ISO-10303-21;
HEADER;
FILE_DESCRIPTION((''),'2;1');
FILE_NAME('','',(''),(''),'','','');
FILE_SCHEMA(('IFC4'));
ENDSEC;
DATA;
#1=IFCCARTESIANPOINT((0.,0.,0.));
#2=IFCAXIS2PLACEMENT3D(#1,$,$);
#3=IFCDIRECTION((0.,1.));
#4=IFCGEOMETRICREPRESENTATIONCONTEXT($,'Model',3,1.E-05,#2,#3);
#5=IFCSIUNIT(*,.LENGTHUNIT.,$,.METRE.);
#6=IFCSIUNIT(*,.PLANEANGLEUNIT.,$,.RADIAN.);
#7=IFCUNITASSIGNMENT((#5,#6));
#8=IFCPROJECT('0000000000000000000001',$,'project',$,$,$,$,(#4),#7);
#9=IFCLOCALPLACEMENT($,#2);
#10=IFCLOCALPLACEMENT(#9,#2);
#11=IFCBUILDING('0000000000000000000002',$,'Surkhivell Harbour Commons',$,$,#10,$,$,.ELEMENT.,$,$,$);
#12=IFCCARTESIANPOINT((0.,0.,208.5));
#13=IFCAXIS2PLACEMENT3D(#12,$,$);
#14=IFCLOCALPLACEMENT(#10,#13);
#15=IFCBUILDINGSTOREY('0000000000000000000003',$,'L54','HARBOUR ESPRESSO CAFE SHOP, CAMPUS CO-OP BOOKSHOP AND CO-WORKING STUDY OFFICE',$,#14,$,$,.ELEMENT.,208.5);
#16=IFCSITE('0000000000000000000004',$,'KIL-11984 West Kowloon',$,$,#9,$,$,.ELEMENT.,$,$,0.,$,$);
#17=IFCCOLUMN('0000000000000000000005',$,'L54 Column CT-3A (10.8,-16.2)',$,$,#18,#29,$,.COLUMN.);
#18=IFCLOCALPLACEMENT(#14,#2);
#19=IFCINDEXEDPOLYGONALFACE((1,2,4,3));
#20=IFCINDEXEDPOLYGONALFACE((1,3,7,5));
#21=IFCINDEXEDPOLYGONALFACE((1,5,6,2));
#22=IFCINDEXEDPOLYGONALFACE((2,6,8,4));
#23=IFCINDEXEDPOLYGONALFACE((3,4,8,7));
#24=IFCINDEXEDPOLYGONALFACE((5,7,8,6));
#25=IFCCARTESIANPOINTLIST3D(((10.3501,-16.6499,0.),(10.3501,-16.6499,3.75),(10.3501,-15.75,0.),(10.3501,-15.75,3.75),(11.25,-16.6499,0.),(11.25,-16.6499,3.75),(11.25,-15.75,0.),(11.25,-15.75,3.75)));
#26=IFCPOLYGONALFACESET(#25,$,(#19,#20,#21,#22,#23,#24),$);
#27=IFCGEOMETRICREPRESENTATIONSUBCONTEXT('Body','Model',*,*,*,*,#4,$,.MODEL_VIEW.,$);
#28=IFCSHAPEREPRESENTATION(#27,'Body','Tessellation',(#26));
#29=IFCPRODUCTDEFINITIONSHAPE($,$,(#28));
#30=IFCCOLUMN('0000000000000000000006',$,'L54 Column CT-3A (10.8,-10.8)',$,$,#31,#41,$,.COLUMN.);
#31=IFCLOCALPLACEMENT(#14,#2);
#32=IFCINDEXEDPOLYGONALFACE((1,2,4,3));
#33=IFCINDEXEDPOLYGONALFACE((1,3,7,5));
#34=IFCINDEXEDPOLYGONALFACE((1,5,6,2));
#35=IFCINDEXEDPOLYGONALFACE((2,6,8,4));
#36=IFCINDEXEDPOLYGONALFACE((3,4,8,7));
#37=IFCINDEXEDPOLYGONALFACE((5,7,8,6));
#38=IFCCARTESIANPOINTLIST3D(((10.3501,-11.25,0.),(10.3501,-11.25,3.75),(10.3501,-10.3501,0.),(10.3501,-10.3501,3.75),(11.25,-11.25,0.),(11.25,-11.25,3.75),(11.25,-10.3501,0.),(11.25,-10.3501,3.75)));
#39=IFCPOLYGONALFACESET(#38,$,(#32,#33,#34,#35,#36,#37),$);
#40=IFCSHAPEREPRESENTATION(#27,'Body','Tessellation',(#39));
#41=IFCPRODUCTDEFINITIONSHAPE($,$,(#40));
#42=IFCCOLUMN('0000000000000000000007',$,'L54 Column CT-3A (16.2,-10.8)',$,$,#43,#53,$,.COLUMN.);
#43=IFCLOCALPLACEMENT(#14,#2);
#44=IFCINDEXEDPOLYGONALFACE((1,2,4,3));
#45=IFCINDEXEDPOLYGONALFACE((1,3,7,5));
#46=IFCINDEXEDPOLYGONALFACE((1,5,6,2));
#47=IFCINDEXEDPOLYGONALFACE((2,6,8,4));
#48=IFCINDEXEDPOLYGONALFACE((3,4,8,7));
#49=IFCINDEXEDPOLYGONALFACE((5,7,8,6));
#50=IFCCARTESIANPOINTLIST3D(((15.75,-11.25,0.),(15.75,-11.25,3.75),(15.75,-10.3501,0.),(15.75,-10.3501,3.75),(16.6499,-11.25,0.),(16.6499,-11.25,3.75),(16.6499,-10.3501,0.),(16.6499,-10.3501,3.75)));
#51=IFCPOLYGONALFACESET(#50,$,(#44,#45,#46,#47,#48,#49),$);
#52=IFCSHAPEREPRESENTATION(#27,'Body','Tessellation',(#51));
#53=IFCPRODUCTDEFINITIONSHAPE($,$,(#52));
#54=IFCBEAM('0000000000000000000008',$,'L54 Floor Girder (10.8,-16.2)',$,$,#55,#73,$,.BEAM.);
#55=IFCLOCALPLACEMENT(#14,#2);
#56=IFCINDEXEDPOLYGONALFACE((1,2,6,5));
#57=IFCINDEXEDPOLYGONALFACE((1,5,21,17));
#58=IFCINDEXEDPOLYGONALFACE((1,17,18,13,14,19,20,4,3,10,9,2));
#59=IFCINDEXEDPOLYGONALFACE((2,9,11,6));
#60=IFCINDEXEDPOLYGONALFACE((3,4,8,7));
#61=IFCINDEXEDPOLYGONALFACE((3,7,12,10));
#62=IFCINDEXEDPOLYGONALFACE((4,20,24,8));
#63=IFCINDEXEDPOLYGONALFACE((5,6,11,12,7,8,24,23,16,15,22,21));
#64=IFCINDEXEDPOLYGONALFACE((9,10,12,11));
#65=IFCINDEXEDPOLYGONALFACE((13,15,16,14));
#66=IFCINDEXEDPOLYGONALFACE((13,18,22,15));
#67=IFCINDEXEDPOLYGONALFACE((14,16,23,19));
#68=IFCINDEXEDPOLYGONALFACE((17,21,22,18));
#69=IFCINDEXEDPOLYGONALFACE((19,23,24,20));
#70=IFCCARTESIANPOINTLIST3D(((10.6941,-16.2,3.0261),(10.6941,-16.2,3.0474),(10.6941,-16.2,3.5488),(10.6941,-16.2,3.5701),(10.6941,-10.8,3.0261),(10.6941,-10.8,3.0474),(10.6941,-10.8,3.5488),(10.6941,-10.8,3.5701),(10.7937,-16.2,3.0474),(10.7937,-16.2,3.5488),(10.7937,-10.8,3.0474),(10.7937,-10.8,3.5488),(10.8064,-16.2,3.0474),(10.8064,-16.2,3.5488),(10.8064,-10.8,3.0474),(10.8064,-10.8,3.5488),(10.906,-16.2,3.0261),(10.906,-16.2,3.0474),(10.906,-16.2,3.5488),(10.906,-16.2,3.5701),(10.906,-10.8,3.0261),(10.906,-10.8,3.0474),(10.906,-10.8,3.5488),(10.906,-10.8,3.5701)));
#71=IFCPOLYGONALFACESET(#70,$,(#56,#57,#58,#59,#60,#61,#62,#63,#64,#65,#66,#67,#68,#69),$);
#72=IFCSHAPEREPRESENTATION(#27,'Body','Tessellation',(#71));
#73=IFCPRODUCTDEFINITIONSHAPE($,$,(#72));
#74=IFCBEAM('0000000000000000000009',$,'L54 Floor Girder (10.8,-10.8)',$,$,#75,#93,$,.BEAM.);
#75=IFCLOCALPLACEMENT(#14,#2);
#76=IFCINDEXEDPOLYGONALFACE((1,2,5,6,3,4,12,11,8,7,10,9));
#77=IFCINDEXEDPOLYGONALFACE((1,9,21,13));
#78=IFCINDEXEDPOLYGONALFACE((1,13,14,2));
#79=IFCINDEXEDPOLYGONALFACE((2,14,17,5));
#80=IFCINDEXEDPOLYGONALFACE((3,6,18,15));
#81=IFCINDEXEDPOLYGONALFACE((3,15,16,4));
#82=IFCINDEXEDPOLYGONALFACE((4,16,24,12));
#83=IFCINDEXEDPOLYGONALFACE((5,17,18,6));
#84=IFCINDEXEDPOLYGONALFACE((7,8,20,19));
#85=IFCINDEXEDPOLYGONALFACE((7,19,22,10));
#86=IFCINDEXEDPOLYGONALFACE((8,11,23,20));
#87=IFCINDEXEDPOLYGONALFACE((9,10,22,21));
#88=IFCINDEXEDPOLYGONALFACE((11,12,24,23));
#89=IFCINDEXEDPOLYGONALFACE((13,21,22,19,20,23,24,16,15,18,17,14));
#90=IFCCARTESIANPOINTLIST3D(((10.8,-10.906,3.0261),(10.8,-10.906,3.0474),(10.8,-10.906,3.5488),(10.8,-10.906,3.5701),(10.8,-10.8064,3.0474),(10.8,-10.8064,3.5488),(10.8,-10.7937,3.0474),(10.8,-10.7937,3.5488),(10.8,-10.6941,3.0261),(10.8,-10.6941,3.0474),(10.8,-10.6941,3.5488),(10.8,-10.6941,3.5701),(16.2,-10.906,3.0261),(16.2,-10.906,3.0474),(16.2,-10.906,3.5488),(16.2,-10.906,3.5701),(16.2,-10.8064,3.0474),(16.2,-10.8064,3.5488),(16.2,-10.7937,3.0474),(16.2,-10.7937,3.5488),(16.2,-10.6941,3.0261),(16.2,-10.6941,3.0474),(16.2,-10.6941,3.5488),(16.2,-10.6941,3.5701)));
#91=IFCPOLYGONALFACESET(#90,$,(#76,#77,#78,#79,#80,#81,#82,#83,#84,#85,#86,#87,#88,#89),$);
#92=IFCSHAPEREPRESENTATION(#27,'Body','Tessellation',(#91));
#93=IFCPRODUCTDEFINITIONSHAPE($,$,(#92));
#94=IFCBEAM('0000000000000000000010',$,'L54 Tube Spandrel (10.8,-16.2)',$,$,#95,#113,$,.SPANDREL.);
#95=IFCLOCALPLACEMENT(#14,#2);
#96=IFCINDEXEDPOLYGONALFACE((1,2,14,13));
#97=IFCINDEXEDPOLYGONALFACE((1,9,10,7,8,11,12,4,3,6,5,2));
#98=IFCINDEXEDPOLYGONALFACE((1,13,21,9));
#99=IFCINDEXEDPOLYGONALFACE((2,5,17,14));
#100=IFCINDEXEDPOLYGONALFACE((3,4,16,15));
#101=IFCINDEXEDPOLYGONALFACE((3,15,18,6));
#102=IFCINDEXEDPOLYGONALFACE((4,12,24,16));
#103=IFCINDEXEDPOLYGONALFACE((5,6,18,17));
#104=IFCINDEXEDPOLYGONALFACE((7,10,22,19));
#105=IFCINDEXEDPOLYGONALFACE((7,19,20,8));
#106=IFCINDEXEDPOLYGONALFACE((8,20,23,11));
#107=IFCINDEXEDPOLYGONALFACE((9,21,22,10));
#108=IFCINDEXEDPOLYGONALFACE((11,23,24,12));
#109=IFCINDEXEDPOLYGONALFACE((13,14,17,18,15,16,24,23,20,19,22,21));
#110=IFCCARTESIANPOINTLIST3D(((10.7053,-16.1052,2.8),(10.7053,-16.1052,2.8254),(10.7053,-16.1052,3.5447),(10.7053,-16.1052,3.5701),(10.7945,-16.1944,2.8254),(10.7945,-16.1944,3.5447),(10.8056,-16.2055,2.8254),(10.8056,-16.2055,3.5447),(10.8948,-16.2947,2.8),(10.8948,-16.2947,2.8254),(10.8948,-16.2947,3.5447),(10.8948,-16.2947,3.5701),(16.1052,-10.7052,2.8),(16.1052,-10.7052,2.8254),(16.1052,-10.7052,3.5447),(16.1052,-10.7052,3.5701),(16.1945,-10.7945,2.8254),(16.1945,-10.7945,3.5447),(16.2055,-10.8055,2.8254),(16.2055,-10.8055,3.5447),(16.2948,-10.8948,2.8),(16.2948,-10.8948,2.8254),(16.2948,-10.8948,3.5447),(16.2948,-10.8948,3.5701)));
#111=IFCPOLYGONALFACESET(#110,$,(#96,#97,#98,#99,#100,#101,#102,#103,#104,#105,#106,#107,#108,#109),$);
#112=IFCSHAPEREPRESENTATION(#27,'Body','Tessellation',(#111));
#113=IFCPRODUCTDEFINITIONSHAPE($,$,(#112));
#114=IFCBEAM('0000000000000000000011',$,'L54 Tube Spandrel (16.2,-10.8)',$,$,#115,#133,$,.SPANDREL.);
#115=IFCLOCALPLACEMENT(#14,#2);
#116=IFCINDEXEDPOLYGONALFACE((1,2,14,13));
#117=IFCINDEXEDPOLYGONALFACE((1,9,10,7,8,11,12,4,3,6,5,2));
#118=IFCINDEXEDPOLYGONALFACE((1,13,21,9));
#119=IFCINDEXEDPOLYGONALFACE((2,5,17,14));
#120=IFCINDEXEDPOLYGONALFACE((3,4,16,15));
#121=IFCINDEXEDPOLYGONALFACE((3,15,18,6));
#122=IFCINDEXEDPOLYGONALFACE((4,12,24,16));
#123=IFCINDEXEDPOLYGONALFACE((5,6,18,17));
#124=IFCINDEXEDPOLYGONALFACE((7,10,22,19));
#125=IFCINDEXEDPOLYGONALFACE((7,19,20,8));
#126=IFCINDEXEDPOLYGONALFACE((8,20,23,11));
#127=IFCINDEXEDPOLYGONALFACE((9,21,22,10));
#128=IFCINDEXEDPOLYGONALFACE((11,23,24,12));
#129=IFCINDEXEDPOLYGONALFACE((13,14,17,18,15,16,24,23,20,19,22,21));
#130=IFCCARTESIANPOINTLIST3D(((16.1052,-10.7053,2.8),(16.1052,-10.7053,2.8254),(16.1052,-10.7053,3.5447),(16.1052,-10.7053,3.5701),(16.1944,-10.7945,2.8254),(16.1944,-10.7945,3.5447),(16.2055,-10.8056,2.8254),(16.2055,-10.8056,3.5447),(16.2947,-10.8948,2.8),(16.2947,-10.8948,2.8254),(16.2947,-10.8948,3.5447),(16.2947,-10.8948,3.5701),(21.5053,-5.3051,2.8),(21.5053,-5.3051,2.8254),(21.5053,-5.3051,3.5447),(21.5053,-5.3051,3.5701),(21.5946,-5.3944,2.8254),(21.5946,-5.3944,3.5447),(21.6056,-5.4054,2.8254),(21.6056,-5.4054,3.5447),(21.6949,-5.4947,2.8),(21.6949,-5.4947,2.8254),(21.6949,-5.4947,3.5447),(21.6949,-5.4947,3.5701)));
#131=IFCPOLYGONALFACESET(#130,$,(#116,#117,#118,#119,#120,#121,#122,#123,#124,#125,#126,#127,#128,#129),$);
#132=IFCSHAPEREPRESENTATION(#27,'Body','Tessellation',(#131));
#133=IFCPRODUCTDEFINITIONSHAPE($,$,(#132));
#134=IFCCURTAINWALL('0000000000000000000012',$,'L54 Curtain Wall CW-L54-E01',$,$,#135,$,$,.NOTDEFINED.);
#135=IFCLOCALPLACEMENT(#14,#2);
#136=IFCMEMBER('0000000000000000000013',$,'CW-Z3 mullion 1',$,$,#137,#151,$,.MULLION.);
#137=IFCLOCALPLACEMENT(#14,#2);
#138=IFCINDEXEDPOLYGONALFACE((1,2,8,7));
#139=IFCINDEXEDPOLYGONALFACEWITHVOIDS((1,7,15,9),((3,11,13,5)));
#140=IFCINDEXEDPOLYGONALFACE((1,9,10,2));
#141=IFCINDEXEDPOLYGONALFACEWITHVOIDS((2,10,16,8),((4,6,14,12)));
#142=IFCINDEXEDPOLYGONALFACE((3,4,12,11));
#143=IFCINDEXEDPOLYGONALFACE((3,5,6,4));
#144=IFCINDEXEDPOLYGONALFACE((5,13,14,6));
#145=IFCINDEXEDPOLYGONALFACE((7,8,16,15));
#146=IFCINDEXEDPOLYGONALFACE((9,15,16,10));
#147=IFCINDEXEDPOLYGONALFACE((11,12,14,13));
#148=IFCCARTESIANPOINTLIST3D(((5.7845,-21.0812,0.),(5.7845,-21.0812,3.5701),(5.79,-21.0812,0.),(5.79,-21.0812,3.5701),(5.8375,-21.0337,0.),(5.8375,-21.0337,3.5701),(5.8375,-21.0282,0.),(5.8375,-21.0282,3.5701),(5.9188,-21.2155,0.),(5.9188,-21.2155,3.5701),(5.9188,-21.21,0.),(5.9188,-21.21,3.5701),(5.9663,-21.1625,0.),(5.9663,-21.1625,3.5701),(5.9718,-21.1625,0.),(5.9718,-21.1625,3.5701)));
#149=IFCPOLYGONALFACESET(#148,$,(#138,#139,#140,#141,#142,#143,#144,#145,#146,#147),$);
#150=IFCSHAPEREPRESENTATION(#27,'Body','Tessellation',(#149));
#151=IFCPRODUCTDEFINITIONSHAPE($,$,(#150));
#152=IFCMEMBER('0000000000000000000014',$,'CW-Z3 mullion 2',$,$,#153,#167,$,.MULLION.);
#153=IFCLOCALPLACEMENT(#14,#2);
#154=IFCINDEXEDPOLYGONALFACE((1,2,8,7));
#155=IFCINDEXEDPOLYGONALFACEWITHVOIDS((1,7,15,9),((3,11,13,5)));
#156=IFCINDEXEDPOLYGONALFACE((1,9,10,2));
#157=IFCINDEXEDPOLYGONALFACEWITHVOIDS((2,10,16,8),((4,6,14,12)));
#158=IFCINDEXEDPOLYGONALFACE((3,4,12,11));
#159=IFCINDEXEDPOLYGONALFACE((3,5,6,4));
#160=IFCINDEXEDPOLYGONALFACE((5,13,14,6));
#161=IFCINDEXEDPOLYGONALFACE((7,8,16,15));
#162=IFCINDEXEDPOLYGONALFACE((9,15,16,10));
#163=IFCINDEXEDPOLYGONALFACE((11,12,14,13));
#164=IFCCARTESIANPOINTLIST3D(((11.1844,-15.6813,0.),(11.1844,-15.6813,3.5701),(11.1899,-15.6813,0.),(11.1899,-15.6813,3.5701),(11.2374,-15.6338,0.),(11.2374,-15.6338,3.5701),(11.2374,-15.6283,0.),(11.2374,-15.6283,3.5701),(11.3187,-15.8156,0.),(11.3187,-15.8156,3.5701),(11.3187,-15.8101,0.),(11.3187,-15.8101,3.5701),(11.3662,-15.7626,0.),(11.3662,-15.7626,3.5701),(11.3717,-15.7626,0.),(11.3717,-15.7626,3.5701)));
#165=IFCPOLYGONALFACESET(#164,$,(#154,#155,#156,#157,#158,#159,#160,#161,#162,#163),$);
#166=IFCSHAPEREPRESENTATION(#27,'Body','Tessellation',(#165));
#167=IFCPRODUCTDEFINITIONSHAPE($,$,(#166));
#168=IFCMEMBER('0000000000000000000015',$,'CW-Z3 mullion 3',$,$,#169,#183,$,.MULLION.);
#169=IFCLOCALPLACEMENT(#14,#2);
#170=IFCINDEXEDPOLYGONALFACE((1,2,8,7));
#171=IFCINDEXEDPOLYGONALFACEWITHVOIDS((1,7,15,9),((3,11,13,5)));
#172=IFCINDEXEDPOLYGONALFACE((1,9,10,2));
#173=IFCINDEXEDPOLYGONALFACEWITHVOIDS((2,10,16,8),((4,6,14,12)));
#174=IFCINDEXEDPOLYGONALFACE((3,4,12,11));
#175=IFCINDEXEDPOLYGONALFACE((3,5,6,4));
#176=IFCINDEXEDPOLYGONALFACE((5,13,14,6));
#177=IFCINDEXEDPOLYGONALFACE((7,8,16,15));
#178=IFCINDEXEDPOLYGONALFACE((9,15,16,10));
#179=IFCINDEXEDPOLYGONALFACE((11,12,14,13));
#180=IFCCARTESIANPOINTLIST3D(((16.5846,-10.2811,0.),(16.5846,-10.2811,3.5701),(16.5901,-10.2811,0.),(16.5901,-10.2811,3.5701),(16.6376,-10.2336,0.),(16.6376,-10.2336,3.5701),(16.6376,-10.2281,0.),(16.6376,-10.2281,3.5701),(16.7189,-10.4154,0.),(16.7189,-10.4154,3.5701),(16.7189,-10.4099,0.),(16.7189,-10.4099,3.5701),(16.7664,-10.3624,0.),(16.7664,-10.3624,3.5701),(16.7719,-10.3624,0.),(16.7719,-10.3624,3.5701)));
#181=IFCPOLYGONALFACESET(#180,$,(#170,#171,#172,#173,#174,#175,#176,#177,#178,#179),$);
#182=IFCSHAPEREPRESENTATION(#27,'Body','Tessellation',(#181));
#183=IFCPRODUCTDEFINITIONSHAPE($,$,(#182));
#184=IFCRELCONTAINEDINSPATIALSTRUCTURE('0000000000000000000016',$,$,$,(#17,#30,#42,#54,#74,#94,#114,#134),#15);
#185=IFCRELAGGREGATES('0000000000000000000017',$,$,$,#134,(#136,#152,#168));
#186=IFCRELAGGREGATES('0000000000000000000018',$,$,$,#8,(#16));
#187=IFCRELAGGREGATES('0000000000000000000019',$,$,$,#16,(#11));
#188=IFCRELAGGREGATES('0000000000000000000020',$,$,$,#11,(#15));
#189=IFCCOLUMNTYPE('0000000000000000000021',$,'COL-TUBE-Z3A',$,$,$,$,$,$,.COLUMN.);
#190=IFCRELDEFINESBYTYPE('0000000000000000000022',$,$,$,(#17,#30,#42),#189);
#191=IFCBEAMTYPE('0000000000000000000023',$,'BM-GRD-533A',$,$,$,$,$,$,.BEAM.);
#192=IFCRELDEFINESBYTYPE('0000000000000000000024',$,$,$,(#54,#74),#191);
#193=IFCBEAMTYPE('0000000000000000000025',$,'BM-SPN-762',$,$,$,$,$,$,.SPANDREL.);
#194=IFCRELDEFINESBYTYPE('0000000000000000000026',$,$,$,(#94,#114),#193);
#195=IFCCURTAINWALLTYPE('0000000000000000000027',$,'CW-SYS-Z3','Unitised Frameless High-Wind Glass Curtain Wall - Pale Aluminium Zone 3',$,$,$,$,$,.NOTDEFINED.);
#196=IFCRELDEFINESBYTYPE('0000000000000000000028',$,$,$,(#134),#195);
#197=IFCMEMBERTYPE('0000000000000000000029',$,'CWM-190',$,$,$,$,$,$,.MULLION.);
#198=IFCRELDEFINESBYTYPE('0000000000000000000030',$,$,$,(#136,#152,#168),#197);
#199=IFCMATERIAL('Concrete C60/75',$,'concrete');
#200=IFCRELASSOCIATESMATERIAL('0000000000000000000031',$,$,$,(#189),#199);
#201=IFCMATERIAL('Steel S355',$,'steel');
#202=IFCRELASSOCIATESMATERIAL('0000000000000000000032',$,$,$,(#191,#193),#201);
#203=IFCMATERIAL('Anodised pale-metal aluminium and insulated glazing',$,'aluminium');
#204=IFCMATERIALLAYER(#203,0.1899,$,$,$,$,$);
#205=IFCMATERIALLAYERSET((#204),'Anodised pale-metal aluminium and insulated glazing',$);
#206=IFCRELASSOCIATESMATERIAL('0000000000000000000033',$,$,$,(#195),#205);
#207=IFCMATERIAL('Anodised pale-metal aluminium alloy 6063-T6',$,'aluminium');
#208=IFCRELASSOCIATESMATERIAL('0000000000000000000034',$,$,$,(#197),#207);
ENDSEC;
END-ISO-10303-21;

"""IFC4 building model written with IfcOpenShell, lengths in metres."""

from ifc_helpers import new_model, si_unit, direction, frame, origin, origin_2d, place, context, subcontext, project, spatial, rectangle, hollow_rectangle, i_section, extrude, material, layer, layer_set, material_profile, profile_set, type_object, element, aggregate, save


model = new_model("IFC4")

# Units and contexts
model_context = context("Model", 3, precision=1e-05, world=origin(), true_north=direction((0.0, 1.0)))
body_context = subcontext(model_context, "Body", "Model", "MODEL_VIEW")
ifc_project = project(units=[si_unit("LENGTHUNIT", "METRE"), si_unit("PLANEANGLEUNIT", "RADIAN")], contexts=[model_context])

# Site, building, storey
site_placement = place(None, origin())
site = spatial("IfcSite", under=ifc_project, at=site_placement, Name="KIL-11984 West Kowloon", CompositionType="ELEMENT", RefElevation=0.0)
building_placement = place(site_placement, origin())
building = spatial("IfcBuilding", under=site, at=building_placement, Name="Surkhivell Harbour Commons", CompositionType="ELEMENT")
storey_placement = place(building_placement, frame((0.0, 0.0, 208.5)))
storey = spatial("IfcBuildingStorey", under=building, at=storey_placement, Name="L54", Description="HARBOUR ESPRESSO CAFE SHOP, CAMPUS CO-OP BOOKSHOP AND CO-WORKING STUDY OFFICE", CompositionType="ELEMENT", Elevation=208.5)

# Columns
ifc_material_1 = material(Name="Concrete C60/75", Category="concrete")
ifc_material_profile_1 = material_profile(ifc_material_1, rectangle(XDim=0.8999, YDim=0.8999, at=origin_2d()), Name="RC-COL-900x900")
ifc_profile_set_1 = profile_set([ifc_material_profile_1], Name="Concrete C60/75")
column_type = type_object("IfcColumnType", Name="COL-TUBE-Z3A", PredefinedType="COLUMN", material=ifc_profile_set_1)
for number, where, z_axis, x_axis, name in (
    (1, (10.8, -16.2, 0.0), (0.0, 0.0, 1.0), (1.0, 0.0, 0.0), "L54 Column CT-3A (10.8,-16.2)"),
    (2, (10.8, -10.8, 0.0), (0.0, 0.0, 1.0), (1.0, 0.0, 0.0), "L54 Column CT-3A (10.8,-10.8)"),
    (3, (16.2, -10.8, 0.0), (0.0, 0.0, 1.0), (1.0, 0.0, 0.0), "L54 Column CT-3A (16.2,-10.8)"),
):
    element("IfcColumn", number, at=place(storey_placement, frame(where, z_axis=z_axis, x_axis=x_axis)), inside=storey, type_object=column_type, Name=name, PredefinedType="COLUMN", context=body_context, shape_type="SweptSolid", body=[
        extrude(rectangle(XDim=0.8999, YDim=0.8999, at=origin_2d()), origin(), (0.0, 0.0, 1.0), 3.75),
    ])

# Beams
ifc_material_2 = material(Name="Steel S355", Category="steel")
ifc_material_profile_2 = material_profile(ifc_material_2, i_section(OverallWidth=0.2119, OverallDepth=0.5439, WebThickness=0.0127, FlangeThickness=0.0212, at=origin_2d()), Name="UB533x210x122")
ifc_profile_set_2 = profile_set([ifc_material_profile_2], Name="Steel S355")
beam_type_1 = type_object("IfcBeamType", Name="BM-GRD-533A", PredefinedType="BEAM", material=ifc_profile_set_2)
for number, where, z_axis, x_axis, name in (
    (4, (10.8, -16.2, 3.2981), (0.0, 1.0, 0.0), (-1.0, 0.0, 0.0), "L54 Floor Girder (10.8,-16.2)"),
    (5, (10.8, -10.8, 3.2981), (1.0, 0.0, 0.0), (0.0, 1.0, 0.0), "L54 Floor Girder (10.8,-10.8)"),
):
    element("IfcBeam", number, at=place(storey_placement, frame(where, z_axis=z_axis, x_axis=x_axis)), inside=storey, type_object=beam_type_1, Name=name, PredefinedType="BEAM", context=body_context, shape_type="SweptSolid", body=[
        extrude(i_section(OverallWidth=0.2119, OverallDepth=0.5439, WebThickness=0.0127, FlangeThickness=0.0212, at=origin_2d()), origin(), (0.0, 0.0, 1.0), 5.3999),
    ])
ifc_material_profile_3 = material_profile(ifc_material_2, i_section(OverallWidth=0.2681, OverallDepth=0.77, WebThickness=0.0156, FlangeThickness=0.0254, at=origin_2d()), Name="UB762x267x197")
ifc_profile_set_3 = profile_set([ifc_material_profile_3], Name="Steel S355")
beam_type_2 = type_object("IfcBeamType", Name="BM-SPN-762", PredefinedType="SPANDREL", material=ifc_profile_set_3)
beam_1_placement = place(storey_placement, frame((10.8, -16.2, 3.1851), z_axis=(0.707107, 0.707107, 0.0), x_axis=(-0.707107, 0.707107, 0.0)))
element("IfcBeam", 6, at=beam_1_placement, inside=storey, type_object=beam_type_2, Name="L54 Tube Spandrel (10.8,-16.2)", PredefinedType="SPANDREL", context=body_context, shape_type="SweptSolid", body=[
    extrude(i_section(OverallWidth=0.2681, OverallDepth=0.77, WebThickness=0.0156, FlangeThickness=0.0254, at=origin_2d()), origin(), (0.0, 0.0, 1.0), 7.6367),
])
beam_2_placement = place(storey_placement, frame((16.2, -10.8, 3.1851), z_axis=(0.707107, 0.707107, 0.0), x_axis=(-0.707107, 0.707107, 0.0)))
element("IfcBeam", 7, at=beam_2_placement, inside=storey, type_object=beam_type_2, Name="L54 Tube Spandrel (16.2,-10.8)", PredefinedType="SPANDREL", context=body_context, shape_type="SweptSolid", body=[
    extrude(i_section(OverallWidth=0.2681, OverallDepth=0.77, WebThickness=0.0156, FlangeThickness=0.0254, at=origin_2d()), origin(), (0.0, 0.0, 1.0), 7.637),
])

# Curtain wall, members
ifc_material_3 = material(Name="Anodised pale-metal aluminium and insulated glazing", Category="aluminium")
ifc_layer_1 = layer(ifc_material_3, 0.1899)
ifc_layer_set_1 = layer_set([ifc_layer_1], Name="Anodised pale-metal aluminium and insulated glazing")
curtain_wall_type = type_object("IfcCurtainWallType", Name="CW-SYS-Z3", Description="Unitised Frameless High-Wind Glass Curtain Wall - Pale Aluminium Zone 3", PredefinedType="NOTDEFINED", material=ifc_layer_set_1)
curtain_wall_placement = place(storey_placement, origin())
curtain_wall = element("IfcCurtainWall", 8, at=curtain_wall_placement, inside=storey, type_object=curtain_wall_type, Name="L54 Curtain Wall CW-L54-E01", PredefinedType="NOTDEFINED")
ifc_material_4 = material(Name="Anodised pale-metal aluminium alloy 6063-T6", Category="aluminium")
ifc_material_profile_4 = material_profile(ifc_material_4, hollow_rectangle(XDim=0.075, YDim=0.1899, WallThickness=0.0039, at=origin_2d()), Name="ALU-MULL-75x190")
ifc_profile_set_4 = profile_set([ifc_material_profile_4], Name="Anodised pale-metal aluminium alloy 6063-T6")
member_type_1 = type_object("IfcMemberType", Name="CWM-190", PredefinedType="MULLION", material=ifc_profile_set_4)
member_1_placement = place(storey_placement, frame((5.8782, -21.1218, 0.0), z_axis=(0.0, 0.0, 1.0), x_axis=(0.707107, 0.707107, 0.0)))
member_1 = element("IfcMember", 9, at=member_1_placement, type_object=member_type_1, Name="CW-Z3 mullion 1", PredefinedType="MULLION", context=body_context, shape_type="SweptSolid", body=[
    extrude(hollow_rectangle(XDim=0.075, YDim=0.1899, WallThickness=0.0039, at=origin_2d()), origin(), (0.0, 0.0, 1.0), 3.5701),
])
member_2_placement = place(storey_placement, frame((11.2781, -15.7219, 0.0), z_axis=(0.0, 0.0, 1.0), x_axis=(0.707107, 0.707107, 0.0)))
member_2 = element("IfcMember", 10, at=member_2_placement, type_object=member_type_1, Name="CW-Z3 mullion 2", PredefinedType="MULLION", context=body_context, shape_type="SweptSolid", body=[
    extrude(hollow_rectangle(XDim=0.075, YDim=0.1899, WallThickness=0.0039, at=origin_2d()), origin(), (0.0, 0.0, 1.0), 3.5701),
])
member_3_placement = place(storey_placement, frame((16.6782, -10.3218, 0.0), z_axis=(0.0, 0.0, 1.0), x_axis=(0.707107, 0.707107, 0.0)))
member_3 = element("IfcMember", 11, at=member_3_placement, type_object=member_type_1, Name="CW-Z3 mullion 3", PredefinedType="MULLION", context=body_context, shape_type="SweptSolid", body=[
    extrude(hollow_rectangle(XDim=0.075, YDim=0.1899, WallThickness=0.0039, at=origin_2d()), origin(), (0.0, 0.0, 1.0), 3.5701),
])
aggregate(curtain_wall, [member_1, member_2, member_3])

save(model, "model.ifc")
